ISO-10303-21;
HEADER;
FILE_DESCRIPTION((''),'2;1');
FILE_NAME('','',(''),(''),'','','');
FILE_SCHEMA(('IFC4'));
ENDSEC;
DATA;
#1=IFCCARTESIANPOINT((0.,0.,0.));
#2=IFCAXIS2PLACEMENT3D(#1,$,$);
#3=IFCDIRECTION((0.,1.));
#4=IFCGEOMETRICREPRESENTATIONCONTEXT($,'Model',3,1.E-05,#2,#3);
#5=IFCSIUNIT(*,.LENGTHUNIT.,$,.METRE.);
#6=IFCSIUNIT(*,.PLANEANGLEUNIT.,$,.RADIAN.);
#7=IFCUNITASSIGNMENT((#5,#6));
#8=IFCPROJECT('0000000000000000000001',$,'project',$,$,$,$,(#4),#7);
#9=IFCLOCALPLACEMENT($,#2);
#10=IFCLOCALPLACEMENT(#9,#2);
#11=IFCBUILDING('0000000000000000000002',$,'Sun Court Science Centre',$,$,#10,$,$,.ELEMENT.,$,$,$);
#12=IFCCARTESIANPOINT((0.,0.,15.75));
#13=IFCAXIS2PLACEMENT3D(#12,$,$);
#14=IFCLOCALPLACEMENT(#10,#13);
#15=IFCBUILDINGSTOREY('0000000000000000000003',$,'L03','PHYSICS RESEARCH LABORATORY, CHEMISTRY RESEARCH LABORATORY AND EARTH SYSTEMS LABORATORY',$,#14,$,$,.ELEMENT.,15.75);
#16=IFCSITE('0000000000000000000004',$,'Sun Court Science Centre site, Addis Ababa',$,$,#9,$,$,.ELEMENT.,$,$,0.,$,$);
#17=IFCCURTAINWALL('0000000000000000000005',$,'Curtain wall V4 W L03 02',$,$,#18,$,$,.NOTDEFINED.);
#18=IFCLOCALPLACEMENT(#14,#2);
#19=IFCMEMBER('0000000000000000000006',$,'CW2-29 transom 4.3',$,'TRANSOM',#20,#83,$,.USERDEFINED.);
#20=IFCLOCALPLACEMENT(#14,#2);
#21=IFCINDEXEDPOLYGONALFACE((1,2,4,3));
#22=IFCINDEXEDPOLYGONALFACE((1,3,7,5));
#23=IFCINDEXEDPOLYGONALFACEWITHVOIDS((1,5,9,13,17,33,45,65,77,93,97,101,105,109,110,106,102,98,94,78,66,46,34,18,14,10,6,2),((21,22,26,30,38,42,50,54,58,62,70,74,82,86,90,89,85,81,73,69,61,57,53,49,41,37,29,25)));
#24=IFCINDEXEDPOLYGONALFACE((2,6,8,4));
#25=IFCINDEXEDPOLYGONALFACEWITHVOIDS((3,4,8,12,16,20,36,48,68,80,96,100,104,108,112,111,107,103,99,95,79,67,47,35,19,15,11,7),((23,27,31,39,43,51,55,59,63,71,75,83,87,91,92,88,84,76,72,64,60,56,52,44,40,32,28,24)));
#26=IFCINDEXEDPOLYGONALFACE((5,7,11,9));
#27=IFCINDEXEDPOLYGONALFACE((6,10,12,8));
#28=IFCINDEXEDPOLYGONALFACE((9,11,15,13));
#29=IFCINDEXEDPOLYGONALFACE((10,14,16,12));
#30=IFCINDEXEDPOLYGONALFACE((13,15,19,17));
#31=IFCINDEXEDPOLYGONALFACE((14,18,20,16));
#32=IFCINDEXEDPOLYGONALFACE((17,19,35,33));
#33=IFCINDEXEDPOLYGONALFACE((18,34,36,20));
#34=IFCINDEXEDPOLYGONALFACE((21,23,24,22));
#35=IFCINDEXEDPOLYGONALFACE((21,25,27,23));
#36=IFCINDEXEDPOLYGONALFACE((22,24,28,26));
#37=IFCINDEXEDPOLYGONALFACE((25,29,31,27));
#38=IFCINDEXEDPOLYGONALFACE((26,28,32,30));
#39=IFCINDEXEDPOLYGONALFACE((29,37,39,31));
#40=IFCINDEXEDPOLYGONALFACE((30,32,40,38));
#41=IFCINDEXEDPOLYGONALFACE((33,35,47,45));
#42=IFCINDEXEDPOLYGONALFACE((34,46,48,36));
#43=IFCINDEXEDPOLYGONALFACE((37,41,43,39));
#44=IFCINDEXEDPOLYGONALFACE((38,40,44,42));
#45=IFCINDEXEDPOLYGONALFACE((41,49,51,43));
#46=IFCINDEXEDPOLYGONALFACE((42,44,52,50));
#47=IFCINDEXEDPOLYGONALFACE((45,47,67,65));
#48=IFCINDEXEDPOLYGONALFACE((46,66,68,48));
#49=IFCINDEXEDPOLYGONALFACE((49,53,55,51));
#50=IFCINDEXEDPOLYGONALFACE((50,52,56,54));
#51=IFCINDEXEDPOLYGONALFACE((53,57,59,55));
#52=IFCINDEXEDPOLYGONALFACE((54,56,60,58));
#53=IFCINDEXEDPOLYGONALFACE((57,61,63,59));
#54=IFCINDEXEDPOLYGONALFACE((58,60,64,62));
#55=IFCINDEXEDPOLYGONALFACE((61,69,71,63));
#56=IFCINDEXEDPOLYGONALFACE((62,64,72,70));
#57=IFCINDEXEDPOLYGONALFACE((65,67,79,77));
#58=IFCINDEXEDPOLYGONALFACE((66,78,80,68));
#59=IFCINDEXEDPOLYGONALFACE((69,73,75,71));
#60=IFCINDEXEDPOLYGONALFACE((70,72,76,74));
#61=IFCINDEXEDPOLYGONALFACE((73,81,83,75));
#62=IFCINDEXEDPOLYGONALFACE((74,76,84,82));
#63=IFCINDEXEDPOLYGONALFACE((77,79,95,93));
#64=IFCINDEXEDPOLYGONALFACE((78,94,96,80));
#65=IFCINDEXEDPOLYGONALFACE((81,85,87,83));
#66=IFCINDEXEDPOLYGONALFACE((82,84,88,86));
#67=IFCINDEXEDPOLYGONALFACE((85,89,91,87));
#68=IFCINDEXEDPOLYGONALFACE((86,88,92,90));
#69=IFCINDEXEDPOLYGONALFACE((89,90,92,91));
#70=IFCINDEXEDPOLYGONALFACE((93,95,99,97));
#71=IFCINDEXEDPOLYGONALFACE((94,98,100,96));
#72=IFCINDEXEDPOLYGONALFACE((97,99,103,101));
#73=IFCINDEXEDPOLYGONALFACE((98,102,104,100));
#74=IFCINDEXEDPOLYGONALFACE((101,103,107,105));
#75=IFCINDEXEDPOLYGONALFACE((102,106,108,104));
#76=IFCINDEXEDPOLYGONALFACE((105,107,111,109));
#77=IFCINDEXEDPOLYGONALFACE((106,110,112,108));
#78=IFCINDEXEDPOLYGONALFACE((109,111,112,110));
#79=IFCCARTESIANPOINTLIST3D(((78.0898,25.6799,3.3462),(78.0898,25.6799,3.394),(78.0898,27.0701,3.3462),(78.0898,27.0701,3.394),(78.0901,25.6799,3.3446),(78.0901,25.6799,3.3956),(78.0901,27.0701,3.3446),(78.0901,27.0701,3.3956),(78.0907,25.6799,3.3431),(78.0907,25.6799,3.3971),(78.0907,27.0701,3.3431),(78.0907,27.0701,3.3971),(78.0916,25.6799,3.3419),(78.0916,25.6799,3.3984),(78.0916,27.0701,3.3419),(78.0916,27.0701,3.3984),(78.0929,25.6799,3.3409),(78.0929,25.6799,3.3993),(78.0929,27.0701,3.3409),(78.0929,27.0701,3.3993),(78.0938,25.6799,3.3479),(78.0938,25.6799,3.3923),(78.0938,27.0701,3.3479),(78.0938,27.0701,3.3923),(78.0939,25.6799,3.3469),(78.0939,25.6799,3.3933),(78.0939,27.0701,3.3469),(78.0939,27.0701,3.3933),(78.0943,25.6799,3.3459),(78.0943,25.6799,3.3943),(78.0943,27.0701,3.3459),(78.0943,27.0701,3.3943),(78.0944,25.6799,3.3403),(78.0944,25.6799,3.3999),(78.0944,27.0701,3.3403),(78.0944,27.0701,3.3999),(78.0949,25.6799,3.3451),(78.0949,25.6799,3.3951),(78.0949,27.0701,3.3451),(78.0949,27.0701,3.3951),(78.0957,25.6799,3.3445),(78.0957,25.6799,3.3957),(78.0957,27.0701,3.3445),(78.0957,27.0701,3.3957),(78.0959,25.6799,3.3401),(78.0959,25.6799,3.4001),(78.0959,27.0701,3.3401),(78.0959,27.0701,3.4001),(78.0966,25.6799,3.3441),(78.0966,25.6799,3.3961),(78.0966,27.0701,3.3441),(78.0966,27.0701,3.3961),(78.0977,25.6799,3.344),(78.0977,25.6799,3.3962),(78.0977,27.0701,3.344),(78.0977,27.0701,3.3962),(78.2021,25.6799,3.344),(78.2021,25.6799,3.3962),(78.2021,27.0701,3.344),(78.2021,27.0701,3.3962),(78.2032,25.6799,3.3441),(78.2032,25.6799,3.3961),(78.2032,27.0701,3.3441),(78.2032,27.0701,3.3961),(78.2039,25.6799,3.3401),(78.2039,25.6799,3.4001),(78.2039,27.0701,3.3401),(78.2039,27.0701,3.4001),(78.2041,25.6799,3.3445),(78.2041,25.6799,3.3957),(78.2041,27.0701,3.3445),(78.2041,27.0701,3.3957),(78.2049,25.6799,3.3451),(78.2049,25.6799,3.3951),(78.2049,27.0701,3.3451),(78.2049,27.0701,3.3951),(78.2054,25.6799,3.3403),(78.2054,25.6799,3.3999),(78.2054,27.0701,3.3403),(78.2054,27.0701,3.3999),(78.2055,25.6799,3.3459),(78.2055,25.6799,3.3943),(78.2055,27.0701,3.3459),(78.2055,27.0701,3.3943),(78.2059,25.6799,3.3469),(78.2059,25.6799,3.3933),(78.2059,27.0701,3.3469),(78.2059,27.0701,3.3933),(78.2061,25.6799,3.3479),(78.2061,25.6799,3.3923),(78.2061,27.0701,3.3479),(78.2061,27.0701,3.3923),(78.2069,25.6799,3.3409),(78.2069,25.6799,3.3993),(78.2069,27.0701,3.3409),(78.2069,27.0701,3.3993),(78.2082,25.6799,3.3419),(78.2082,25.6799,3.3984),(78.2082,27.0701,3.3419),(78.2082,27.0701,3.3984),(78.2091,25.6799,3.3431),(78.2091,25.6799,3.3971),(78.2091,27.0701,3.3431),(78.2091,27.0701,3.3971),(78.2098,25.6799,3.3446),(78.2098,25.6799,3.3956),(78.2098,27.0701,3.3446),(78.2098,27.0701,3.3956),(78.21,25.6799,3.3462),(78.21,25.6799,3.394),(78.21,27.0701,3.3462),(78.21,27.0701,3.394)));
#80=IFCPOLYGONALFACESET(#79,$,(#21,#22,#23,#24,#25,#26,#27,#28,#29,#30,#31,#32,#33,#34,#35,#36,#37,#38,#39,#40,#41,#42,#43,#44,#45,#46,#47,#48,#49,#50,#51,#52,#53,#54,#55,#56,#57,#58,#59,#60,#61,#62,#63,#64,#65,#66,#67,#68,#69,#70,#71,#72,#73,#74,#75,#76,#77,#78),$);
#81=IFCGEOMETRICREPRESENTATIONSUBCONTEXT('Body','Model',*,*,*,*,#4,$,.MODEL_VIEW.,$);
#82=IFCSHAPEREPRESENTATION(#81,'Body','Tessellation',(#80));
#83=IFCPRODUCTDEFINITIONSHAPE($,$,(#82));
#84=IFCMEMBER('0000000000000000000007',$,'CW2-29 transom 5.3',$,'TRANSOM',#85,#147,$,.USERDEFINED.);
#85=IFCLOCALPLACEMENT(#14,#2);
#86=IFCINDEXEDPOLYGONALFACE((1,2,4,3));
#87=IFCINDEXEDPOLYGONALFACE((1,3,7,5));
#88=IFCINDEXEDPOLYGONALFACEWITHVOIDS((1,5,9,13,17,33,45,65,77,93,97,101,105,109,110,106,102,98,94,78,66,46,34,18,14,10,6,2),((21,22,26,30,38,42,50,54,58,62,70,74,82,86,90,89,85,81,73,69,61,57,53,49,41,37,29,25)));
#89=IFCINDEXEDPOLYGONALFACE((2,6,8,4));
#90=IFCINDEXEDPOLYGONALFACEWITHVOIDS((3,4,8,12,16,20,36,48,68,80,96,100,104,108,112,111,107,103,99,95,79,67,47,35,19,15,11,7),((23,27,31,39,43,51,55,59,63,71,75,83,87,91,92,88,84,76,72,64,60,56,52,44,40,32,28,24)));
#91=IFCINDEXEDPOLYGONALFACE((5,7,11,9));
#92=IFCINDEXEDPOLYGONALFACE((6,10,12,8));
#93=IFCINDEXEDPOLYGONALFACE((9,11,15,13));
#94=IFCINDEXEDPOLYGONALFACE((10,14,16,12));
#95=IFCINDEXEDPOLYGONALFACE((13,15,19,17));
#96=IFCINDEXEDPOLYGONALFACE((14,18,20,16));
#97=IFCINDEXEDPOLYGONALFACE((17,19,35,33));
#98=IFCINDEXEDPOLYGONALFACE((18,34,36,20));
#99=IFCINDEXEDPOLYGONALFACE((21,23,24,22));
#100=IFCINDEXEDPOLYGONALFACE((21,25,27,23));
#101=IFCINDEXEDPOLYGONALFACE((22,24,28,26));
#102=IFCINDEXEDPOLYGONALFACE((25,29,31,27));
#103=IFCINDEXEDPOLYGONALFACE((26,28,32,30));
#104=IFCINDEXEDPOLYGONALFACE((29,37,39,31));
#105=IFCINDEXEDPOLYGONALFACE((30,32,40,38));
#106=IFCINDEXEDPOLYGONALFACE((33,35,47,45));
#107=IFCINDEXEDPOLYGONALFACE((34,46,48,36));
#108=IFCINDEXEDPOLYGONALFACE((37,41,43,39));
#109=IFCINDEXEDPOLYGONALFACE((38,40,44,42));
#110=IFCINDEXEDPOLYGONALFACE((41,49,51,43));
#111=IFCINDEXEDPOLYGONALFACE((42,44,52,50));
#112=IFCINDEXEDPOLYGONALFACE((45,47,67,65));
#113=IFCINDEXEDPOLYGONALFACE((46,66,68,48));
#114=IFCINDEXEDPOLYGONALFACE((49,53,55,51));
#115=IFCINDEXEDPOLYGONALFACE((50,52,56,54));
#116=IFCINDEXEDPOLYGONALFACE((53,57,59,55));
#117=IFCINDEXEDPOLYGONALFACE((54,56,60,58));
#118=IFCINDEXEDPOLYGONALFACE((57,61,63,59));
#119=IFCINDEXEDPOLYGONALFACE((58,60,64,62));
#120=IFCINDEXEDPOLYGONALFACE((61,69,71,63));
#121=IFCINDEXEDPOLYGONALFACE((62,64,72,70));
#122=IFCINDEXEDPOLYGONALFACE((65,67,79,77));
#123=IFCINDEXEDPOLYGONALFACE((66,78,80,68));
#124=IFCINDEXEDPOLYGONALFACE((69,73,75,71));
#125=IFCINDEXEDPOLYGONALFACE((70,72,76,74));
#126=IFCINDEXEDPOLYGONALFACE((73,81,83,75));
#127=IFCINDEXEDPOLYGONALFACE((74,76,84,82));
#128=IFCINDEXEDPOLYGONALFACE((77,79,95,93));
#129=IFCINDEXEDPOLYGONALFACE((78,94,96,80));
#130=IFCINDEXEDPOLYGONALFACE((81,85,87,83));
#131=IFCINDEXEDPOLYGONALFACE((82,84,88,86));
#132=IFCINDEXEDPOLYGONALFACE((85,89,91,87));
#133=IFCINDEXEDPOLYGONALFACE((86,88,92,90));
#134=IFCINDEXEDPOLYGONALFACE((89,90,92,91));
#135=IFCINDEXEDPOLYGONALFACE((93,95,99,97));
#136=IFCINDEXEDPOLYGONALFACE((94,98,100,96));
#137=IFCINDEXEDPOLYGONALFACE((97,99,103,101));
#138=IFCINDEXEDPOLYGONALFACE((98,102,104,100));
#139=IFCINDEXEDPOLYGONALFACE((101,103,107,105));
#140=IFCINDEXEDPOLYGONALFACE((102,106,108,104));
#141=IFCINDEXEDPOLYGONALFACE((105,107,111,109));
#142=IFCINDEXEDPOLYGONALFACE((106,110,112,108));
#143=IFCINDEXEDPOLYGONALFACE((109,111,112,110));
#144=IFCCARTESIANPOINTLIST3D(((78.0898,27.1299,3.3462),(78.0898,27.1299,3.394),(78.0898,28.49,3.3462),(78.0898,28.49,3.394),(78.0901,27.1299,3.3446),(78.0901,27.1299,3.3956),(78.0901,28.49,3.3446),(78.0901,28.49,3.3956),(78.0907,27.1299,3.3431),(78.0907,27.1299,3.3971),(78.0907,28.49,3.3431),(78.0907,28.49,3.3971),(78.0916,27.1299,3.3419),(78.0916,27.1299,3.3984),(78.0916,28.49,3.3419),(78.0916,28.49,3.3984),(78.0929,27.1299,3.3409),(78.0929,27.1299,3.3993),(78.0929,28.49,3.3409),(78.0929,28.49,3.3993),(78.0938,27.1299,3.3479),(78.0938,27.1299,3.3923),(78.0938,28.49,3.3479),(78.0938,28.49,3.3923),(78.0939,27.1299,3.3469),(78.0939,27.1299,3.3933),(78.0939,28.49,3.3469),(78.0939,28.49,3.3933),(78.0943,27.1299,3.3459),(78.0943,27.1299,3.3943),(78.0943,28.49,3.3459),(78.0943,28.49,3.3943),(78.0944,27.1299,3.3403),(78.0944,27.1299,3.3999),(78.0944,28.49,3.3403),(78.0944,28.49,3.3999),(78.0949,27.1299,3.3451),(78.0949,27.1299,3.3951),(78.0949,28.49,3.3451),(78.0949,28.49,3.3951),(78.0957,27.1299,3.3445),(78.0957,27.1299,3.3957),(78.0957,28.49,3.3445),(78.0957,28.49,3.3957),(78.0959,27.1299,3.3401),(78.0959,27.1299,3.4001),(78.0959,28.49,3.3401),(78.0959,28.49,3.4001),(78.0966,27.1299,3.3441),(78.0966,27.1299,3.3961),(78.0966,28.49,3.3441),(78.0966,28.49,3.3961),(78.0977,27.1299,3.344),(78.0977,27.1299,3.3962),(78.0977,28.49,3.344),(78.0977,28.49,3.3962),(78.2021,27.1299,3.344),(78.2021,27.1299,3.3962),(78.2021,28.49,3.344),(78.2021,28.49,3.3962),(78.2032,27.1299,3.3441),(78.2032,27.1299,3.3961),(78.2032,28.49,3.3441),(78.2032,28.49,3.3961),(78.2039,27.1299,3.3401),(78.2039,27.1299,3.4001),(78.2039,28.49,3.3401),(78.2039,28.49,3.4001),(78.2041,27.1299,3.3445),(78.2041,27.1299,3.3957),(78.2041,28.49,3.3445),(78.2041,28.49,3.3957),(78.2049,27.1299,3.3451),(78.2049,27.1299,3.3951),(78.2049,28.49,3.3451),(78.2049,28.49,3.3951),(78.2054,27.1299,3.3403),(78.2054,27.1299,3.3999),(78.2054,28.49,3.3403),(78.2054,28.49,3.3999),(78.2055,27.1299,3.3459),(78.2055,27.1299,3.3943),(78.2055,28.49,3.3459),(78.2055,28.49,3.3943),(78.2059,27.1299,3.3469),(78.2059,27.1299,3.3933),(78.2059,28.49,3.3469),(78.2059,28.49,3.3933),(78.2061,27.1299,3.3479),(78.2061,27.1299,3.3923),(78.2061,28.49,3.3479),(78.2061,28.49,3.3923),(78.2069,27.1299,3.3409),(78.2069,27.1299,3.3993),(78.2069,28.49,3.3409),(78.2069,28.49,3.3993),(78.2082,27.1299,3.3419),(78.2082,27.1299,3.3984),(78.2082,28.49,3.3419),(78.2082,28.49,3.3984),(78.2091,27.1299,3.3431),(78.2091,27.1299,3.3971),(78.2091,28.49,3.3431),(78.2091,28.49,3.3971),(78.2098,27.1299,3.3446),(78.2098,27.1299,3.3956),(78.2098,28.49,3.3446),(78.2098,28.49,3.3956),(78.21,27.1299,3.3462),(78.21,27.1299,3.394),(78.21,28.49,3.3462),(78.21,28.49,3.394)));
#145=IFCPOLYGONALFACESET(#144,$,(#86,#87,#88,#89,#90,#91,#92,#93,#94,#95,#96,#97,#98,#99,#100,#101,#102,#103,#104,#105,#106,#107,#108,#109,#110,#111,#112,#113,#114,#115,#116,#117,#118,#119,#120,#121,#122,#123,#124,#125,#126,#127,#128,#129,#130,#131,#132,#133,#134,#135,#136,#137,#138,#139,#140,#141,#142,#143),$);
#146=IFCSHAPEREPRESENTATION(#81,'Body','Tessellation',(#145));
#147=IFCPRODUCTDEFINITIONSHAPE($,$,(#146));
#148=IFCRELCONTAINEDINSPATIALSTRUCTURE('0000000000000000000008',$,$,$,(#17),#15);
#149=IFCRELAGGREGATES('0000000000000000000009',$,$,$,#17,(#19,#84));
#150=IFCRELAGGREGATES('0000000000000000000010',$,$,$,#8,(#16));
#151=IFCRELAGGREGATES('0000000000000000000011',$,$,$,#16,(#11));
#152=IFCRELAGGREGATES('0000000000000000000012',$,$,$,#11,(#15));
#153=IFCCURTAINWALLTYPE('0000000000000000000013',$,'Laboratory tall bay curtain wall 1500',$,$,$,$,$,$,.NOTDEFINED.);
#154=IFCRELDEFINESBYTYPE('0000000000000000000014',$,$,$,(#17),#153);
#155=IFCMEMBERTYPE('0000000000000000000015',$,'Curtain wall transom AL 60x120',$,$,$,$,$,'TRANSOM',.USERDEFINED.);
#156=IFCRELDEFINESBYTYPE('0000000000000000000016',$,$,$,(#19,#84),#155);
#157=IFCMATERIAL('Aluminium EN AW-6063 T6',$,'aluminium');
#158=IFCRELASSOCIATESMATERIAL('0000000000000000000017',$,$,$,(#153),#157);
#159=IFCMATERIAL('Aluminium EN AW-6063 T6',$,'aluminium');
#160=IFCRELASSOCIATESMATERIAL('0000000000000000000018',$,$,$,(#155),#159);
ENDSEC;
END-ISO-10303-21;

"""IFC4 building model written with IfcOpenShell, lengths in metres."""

from ifc_helpers import new_model, si_unit, direction, frame, origin, origin_2d, place, context, subcontext, project, spatial, hollow_rectangle, extrude, material, material_profile, profile_set, type_object, element, aggregate, save


model = new_model("IFC4")

# Units and contexts
model_context = context("Model", 3, precision=1e-05, world=origin(), true_north=direction((0.0, 1.0)))
body_context = subcontext(model_context, "Body", "Model", "MODEL_VIEW")
ifc_project = project(units=[si_unit("LENGTHUNIT", "METRE"), si_unit("PLANEANGLEUNIT", "RADIAN")], contexts=[model_context])

# Site, building, storey
site_placement = place(None, origin())
site = spatial("IfcSite", under=ifc_project, at=site_placement, Name="Sun Court Science Centre site, Addis Ababa", CompositionType="ELEMENT", RefElevation=0.0)
building_placement = place(site_placement, origin())
building = spatial("IfcBuilding", under=site, at=building_placement, Name="Sun Court Science Centre", CompositionType="ELEMENT")
storey_placement = place(building_placement, frame((0.0, 0.0, 15.75)))
storey = spatial("IfcBuildingStorey", under=building, at=storey_placement, Name="L03", Description="PHYSICS RESEARCH LABORATORY, CHEMISTRY RESEARCH LABORATORY AND EARTH SYSTEMS LABORATORY", CompositionType="ELEMENT", Elevation=15.75)

# Curtain wall
ifc_material_1 = material(Name="Aluminium EN AW-6063 T6", Category="aluminium")
curtain_wall_type = type_object("IfcCurtainWallType", Name="Laboratory tall bay curtain wall 1500", PredefinedType="NOTDEFINED", material=ifc_material_1)
curtain_wall_1_placement = place(storey_placement, origin())
curtain_wall_1 = element("IfcCurtainWall", 1, at=curtain_wall_1_placement, inside=storey, type_object=curtain_wall_type, Name="Curtain wall V4 W L03 02", PredefinedType="NOTDEFINED")

# Members
ifc_material_2 = material(Name="Aluminium EN AW-6063 T6", Category="aluminium")
ifc_material_profile_1 = material_profile(ifc_material_2, hollow_rectangle(XDim=0.0601, YDim=0.1201, WallThickness=0.0039, InnerFilletRadius=0.0039, OuterFilletRadius=0.0061, at=origin_2d()), Name="AL 60x120x4")
ifc_profile_set_1 = profile_set([ifc_material_profile_1], Name="Aluminium EN AW-6063 T6")
member_type_1 = type_object("IfcMemberType", Name="Curtain wall transom AL 60x120", ElementType="TRANSOM", PredefinedType="USERDEFINED", material=ifc_profile_set_1)
member_1_placement = place(storey_placement, frame((78.1499, 25.6799, 3.3701), z_axis=(0.0, 1.0, 0.0), x_axis=(0.0, 0.0, 1.0)))
member_1 = element("IfcMember", 2, at=member_1_placement, type_object=member_type_1, Name="CW2-29 transom 4.3", ObjectType="TRANSOM", PredefinedType="USERDEFINED", context=body_context, shape_type="SweptSolid", body=[
    extrude(hollow_rectangle(XDim=0.0601, YDim=0.1201, WallThickness=0.0039, InnerFilletRadius=0.0039, OuterFilletRadius=0.0061, at=origin_2d()), origin(), (0.0, 0.0, 1.0), 1.3901),
])
member_2_placement = place(storey_placement, frame((78.1499, 27.1299, 3.3701), z_axis=(0.0, 1.0, 0.0), x_axis=(0.0, 0.0, 1.0)))
member_2 = element("IfcMember", 3, at=member_2_placement, type_object=member_type_1, Name="CW2-29 transom 5.3", ObjectType="TRANSOM", PredefinedType="USERDEFINED", context=body_context, shape_type="SweptSolid", body=[
    extrude(hollow_rectangle(XDim=0.0601, YDim=0.1201, WallThickness=0.0039, InnerFilletRadius=0.0039, OuterFilletRadius=0.0061, at=origin_2d()), origin(), (0.0, 0.0, 1.0), 1.3601),
])

aggregate(curtain_wall_1, [member_1, member_2])

save(model, "model.ifc")
